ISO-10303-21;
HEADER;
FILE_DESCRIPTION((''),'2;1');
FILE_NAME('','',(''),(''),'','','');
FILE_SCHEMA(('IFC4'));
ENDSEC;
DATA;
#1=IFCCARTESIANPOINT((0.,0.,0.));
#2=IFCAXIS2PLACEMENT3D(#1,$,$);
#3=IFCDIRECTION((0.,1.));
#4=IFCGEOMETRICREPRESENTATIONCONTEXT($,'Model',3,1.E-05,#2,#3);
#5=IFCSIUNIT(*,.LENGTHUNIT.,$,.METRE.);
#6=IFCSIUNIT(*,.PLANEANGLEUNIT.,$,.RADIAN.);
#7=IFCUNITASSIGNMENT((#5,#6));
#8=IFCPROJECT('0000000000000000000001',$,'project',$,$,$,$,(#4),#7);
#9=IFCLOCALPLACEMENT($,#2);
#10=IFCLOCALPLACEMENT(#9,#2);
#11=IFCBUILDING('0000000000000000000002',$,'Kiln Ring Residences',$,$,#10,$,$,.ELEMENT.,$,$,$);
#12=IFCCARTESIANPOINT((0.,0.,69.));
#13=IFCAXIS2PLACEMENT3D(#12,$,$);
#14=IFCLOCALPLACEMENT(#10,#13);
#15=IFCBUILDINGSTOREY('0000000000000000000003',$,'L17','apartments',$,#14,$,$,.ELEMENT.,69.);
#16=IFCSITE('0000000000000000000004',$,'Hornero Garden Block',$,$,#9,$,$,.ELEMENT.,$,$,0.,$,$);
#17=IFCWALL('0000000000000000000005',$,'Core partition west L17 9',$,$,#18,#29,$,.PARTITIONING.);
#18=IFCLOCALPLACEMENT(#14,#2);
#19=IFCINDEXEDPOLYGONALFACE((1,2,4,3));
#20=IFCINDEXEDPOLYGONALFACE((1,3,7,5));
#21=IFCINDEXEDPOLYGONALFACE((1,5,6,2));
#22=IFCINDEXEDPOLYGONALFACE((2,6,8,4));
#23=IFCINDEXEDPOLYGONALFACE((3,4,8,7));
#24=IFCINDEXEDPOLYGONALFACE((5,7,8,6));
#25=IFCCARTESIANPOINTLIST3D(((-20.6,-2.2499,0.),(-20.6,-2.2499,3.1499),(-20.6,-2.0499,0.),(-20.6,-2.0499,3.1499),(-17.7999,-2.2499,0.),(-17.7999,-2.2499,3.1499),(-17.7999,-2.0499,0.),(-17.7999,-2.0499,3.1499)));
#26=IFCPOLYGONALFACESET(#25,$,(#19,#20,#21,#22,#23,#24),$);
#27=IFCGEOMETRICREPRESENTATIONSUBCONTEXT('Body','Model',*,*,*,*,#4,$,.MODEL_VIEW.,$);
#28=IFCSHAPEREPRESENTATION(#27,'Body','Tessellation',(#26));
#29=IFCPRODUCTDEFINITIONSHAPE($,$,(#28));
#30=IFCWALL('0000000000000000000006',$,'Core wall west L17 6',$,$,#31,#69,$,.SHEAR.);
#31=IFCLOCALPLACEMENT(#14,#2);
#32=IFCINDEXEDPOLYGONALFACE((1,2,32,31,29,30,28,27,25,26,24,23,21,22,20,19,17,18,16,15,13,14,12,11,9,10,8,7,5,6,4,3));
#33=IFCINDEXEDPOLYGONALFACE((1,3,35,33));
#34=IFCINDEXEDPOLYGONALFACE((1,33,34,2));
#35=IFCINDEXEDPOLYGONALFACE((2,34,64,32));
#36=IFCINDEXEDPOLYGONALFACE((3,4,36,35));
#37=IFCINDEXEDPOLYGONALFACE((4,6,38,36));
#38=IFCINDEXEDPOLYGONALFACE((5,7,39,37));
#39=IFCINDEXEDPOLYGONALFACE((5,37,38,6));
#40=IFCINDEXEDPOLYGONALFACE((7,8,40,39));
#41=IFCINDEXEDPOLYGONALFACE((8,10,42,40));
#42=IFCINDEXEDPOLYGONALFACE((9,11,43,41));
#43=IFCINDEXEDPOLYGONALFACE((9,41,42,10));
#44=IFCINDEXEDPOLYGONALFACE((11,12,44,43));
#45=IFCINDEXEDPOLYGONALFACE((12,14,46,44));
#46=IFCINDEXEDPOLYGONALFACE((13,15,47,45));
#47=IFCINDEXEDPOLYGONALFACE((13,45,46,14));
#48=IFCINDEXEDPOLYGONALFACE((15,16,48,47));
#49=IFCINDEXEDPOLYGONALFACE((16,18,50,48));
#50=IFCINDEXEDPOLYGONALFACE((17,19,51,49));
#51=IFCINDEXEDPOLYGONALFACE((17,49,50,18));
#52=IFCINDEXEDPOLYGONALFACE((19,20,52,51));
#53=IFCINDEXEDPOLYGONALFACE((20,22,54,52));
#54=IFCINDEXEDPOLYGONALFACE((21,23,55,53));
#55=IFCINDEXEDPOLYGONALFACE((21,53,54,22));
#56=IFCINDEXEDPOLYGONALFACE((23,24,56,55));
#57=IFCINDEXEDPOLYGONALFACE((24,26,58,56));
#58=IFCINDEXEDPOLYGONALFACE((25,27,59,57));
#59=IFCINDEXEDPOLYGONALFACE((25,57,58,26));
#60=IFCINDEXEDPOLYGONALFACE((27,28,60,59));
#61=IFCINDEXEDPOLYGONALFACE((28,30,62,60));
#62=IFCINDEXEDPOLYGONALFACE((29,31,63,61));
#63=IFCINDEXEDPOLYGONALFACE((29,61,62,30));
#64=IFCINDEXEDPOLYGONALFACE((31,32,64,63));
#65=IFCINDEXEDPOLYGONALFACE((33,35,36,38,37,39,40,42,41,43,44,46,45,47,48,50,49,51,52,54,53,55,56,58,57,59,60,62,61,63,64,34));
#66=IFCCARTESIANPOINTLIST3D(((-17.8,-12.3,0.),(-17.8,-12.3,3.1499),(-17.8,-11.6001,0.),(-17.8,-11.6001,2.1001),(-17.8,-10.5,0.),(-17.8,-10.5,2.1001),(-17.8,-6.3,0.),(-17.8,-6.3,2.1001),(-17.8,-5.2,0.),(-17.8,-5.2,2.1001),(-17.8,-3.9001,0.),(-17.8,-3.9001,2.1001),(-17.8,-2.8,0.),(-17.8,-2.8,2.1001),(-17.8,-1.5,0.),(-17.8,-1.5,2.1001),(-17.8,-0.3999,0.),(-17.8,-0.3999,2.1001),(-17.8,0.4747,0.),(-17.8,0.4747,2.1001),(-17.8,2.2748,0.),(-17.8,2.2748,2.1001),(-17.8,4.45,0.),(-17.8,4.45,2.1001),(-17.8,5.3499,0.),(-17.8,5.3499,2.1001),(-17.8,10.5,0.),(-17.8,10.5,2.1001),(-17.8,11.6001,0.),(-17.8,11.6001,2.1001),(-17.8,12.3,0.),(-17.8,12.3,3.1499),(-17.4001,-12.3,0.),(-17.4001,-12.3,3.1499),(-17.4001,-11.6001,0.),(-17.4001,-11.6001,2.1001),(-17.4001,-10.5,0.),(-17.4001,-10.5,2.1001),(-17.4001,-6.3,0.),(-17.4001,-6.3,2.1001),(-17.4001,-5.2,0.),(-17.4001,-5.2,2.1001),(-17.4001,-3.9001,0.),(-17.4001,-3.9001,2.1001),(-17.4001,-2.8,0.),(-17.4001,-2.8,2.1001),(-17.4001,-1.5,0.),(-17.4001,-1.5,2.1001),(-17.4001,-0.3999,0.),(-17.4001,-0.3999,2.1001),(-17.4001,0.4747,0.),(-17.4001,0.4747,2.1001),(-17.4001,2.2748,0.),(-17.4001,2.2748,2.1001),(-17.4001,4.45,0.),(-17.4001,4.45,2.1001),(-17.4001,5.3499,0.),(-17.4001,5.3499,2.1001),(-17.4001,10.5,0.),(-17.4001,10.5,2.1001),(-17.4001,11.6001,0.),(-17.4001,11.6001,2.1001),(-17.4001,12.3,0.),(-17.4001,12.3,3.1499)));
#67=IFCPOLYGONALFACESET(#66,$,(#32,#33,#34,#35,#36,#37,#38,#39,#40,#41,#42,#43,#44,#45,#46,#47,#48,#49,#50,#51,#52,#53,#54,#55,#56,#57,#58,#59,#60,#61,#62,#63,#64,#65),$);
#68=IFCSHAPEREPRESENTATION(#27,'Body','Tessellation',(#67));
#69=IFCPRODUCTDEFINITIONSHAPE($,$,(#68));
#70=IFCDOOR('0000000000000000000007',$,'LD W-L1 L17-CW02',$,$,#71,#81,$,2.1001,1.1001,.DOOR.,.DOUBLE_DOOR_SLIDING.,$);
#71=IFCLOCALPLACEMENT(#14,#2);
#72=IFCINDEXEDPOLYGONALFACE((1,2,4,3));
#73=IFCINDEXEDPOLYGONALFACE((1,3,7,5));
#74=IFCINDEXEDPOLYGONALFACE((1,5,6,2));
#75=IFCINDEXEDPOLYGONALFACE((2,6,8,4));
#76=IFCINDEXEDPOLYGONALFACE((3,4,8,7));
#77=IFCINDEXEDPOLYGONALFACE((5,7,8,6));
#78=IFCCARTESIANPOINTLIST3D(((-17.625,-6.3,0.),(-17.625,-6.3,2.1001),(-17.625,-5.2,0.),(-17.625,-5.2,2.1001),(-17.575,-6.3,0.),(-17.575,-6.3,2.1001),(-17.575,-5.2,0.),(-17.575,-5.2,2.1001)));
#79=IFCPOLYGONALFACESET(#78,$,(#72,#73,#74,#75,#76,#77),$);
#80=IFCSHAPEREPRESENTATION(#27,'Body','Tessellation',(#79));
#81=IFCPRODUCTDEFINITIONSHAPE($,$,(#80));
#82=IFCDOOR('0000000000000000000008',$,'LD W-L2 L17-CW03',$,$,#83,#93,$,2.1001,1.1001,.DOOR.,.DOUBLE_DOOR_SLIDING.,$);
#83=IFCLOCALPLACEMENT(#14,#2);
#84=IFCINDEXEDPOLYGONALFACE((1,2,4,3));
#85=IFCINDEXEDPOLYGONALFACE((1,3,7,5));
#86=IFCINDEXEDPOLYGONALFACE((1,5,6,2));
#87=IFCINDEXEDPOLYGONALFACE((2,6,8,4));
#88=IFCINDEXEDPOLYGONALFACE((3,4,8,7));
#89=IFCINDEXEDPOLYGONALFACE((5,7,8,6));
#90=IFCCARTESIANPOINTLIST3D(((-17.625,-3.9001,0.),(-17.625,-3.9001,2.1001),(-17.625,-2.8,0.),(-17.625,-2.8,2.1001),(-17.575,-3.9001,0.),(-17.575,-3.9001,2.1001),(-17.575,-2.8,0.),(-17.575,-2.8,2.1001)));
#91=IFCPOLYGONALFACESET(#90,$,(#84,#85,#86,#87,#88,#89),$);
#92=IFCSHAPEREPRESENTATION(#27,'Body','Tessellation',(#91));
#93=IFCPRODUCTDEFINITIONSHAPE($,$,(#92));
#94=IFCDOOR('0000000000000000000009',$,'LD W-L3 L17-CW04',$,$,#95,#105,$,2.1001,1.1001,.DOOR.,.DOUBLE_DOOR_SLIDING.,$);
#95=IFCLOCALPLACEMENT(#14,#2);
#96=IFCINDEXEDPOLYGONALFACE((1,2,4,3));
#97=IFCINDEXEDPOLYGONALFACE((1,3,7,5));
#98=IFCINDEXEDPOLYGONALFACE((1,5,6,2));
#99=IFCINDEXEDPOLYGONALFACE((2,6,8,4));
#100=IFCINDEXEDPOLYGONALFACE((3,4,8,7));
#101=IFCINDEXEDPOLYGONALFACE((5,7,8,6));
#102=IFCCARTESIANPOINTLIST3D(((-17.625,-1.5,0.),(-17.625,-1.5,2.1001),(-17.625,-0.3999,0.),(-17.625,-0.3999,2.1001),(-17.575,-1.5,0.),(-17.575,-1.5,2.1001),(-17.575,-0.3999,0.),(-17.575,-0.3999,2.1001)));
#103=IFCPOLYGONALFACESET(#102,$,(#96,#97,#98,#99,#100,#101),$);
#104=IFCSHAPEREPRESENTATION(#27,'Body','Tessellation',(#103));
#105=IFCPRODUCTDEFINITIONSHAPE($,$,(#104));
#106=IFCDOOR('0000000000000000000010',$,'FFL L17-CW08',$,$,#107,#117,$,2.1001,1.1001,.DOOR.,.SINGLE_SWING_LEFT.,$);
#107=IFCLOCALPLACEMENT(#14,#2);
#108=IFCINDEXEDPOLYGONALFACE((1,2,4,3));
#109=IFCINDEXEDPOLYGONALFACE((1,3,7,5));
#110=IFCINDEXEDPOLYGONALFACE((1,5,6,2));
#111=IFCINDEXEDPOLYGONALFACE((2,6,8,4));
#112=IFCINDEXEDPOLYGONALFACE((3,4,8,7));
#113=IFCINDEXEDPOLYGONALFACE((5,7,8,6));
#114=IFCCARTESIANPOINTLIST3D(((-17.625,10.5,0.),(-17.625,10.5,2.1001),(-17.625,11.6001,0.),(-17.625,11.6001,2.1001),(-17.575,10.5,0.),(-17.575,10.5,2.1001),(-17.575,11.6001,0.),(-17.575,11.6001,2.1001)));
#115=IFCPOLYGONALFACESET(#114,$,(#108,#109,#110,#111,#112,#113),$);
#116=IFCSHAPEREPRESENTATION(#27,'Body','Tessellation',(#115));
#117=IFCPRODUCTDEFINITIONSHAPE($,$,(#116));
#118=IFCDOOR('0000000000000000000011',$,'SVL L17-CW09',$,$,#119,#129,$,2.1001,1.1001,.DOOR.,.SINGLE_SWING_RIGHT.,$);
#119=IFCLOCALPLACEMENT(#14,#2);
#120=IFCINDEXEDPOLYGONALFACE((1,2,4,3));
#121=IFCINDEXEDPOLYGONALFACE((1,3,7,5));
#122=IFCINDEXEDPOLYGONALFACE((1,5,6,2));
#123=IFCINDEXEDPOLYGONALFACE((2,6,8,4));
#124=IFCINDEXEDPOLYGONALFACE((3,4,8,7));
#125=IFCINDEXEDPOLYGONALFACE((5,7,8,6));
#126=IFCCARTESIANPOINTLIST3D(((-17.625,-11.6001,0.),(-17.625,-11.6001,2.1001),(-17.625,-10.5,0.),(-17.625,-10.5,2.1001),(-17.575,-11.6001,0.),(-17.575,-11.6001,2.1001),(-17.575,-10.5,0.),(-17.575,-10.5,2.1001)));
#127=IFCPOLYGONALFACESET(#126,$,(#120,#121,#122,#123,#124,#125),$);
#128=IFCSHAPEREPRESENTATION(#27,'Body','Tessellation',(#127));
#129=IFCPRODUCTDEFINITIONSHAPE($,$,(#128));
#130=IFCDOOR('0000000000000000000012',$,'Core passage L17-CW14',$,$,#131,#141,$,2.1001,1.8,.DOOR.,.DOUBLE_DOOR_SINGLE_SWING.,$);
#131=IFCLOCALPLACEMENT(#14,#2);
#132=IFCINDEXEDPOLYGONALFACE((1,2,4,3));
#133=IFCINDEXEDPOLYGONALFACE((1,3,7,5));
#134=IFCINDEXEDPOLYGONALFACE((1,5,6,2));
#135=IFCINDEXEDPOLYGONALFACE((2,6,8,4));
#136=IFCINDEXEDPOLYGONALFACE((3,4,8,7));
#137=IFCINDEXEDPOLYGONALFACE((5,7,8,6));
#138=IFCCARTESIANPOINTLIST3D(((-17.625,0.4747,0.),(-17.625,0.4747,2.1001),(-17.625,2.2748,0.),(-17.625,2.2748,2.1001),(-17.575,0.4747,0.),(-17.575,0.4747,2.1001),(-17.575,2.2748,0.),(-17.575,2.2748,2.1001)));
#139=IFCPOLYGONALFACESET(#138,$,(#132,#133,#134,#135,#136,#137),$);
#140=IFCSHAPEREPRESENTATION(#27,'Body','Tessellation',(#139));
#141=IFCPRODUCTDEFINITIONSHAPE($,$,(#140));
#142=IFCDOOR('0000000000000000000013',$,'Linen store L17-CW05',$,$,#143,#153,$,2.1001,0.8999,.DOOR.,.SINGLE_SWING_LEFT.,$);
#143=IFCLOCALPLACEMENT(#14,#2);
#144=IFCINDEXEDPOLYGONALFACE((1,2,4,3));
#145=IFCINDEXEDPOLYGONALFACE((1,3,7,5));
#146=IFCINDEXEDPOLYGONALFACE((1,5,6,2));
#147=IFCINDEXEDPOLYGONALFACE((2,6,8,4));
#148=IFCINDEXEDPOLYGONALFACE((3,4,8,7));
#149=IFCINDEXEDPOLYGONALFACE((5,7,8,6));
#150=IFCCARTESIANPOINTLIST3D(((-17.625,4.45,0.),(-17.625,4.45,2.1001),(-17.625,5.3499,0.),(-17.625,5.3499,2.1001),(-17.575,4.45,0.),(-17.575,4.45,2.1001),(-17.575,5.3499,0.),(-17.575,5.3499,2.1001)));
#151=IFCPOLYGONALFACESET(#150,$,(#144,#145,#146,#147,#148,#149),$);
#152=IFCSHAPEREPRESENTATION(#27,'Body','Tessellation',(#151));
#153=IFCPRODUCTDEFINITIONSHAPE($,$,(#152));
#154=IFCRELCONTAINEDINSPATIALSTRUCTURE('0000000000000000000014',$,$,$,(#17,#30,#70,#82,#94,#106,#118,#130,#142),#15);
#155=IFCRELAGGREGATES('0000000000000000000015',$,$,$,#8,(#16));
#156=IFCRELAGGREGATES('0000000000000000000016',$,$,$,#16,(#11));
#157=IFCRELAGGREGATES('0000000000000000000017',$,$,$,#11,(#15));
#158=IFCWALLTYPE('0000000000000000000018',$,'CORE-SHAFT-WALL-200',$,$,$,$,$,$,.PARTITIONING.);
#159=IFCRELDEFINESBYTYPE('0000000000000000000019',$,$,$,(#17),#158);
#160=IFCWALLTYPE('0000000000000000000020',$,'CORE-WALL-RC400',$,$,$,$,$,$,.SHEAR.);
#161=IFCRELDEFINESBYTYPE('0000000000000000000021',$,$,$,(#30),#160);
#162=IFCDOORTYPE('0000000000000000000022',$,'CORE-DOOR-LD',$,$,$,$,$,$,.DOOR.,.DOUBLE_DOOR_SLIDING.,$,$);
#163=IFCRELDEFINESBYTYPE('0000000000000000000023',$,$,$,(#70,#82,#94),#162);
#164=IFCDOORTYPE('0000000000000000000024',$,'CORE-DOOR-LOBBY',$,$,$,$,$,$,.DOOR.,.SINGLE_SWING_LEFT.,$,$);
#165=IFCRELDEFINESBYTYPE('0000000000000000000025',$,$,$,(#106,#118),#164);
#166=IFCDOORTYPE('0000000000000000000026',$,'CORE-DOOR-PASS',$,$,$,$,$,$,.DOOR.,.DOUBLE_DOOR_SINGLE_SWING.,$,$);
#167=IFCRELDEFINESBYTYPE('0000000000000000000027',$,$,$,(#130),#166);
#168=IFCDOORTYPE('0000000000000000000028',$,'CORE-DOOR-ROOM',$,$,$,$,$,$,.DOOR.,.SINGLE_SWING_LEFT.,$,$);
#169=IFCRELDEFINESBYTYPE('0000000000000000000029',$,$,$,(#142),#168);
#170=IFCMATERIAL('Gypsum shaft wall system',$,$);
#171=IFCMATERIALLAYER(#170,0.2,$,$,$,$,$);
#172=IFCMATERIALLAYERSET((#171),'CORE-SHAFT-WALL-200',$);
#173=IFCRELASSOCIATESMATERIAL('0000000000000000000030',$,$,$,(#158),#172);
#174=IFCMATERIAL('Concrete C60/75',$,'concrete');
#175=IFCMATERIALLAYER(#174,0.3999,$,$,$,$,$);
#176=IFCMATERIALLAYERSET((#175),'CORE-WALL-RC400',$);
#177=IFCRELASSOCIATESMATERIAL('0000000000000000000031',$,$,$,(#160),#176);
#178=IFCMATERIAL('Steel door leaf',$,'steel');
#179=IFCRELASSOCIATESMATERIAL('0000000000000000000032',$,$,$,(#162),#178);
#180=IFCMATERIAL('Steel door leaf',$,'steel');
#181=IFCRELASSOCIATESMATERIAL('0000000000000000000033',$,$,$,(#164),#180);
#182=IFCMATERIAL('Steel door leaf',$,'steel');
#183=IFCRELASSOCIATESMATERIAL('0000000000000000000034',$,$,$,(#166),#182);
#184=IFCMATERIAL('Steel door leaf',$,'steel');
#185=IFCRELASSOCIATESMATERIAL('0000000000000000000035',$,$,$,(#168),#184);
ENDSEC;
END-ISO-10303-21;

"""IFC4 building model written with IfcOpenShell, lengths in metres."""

from ifc_helpers import new_model, si_unit, direction, frame, frame_2d, origin, place, context, subcontext, project, spatial, rectangle, extrude, material, layer, layer_set, type_object, element, fill, save


model = new_model("IFC4")

# Units and contexts
model_context = context("Model", 3, precision=1e-05, world=origin(), true_north=direction((0.0, 1.0)))
body_context = subcontext(model_context, "Body", "Model", "MODEL_VIEW")
ifc_project = project(units=[si_unit("LENGTHUNIT", "METRE"), si_unit("PLANEANGLEUNIT", "RADIAN")], contexts=[model_context])

# Site, building, storey
site_placement = place(None, origin())
site = spatial("IfcSite", under=ifc_project, at=site_placement, Name="Hornero Garden Block", CompositionType="ELEMENT", RefElevation=0.0)
building_placement = place(site_placement, origin())
building = spatial("IfcBuilding", under=site, at=building_placement, Name="Kiln Ring Residences", CompositionType="ELEMENT")
storey_placement = place(building_placement, frame((0.0, 0.0, 69.0)))
storey = spatial("IfcBuildingStorey", under=building, at=storey_placement, Name="L17", Description="apartments", CompositionType="ELEMENT", Elevation=69.0)

# Wall
ifc_material_1 = material(Name="Gypsum shaft wall system")
ifc_layer_1 = layer(ifc_material_1, 0.2)
ifc_layer_set_1 = layer_set([ifc_layer_1], Name="CORE-SHAFT-WALL-200")
wall_type_1 = type_object("IfcWallType", Name="CORE-SHAFT-WALL-200", PredefinedType="PARTITIONING", material=ifc_layer_set_1)
wall_1_placement = place(storey_placement, frame((-17.8, -2.1499, 0.0), z_axis=(0.0, 0.0, 1.0), x_axis=(-1.0, 0.0, 0.0)))
element("IfcWall", 1, at=wall_1_placement, inside=storey, type_object=wall_type_1, Name="Core partition west L17 9", PredefinedType="PARTITIONING", context=body_context, shape_type="SweptSolid", body=[
    extrude(rectangle(XDim=2.8, YDim=0.2, at=frame_2d((1.3999, 0.0))), origin(), (0.0, 0.0, 1.0), 3.1499),
])

# Wall, openings, doors
ifc_material_2 = material(Name="Concrete C60/75", Category="concrete")
ifc_layer_2 = layer(ifc_material_2, 0.3999)
ifc_layer_set_2 = layer_set([ifc_layer_2], Name="CORE-WALL-RC400")
wall_type_2 = type_object("IfcWallType", Name="CORE-WALL-RC400", PredefinedType="SHEAR", material=ifc_layer_set_2)
wall_2_placement = place(storey_placement, frame((-17.6001, -12.3, 0.0), z_axis=(0.0, 0.0, 1.0), x_axis=(0.0, 1.0, 0.0)))
wall_2 = element("IfcWall", 2, at=wall_2_placement, inside=storey, type_object=wall_type_2, Name="Core wall west L17 6", PredefinedType="SHEAR", context=body_context, shape_type="SweptSolid", body=[
    extrude(rectangle(XDim=24.6001, YDim=0.3999, at=frame_2d((12.3, 0.0))), origin(), (0.0, 0.0, 1.0), 3.1499),
])
opening_1_placement = place(wall_2_placement, frame((6.0, 0.0, 0.0)))
opening_1 = element("IfcOpeningElement", 3, at=opening_1_placement, cuts=wall_2, PredefinedType="OPENING", context=body_context, shape_type="SweptSolid", body=[
    extrude(rectangle(XDim=1.1001, YDim=2.1001, at=frame_2d((0.55, 1.05))), frame((0.0, 0.21, 0.0), z_axis=(0.0, -1.0, 0.0), x_axis=(1.0, 0.0, 0.0)), (0.0, 0.0, 1.0), 0.4199),
])
opening_2_placement = place(wall_2_placement, frame((8.3999, 0.0, 0.0)))
opening_2 = element("IfcOpeningElement", 4, at=opening_2_placement, cuts=wall_2, PredefinedType="OPENING", context=body_context, shape_type="SweptSolid", body=[
    extrude(rectangle(XDim=1.1001, YDim=2.1001, at=frame_2d((0.55, 1.05))), frame((0.0, 0.21, 0.0), z_axis=(0.0, -1.0, 0.0), x_axis=(1.0, 0.0, 0.0)), (0.0, 0.0, 1.0), 0.4199),
])
opening_3_placement = place(wall_2_placement, frame((10.8, 0.0, 0.0)))
opening_3 = element("IfcOpeningElement", 5, at=opening_3_placement, cuts=wall_2, PredefinedType="OPENING", context=body_context, shape_type="SweptSolid", body=[
    extrude(rectangle(XDim=1.1001, YDim=2.1001, at=frame_2d((0.55, 1.05))), frame((0.0, 0.21, 0.0), z_axis=(0.0, -1.0, 0.0), x_axis=(1.0, 0.0, 0.0)), (0.0, 0.0, 1.0), 0.4199),
])
opening_4_placement = place(wall_2_placement, frame((16.75, 0.0, 0.0)))
opening_4 = element("IfcOpeningElement", 6, at=opening_4_placement, cuts=wall_2, PredefinedType="OPENING", context=body_context, shape_type="SweptSolid", body=[
    extrude(rectangle(XDim=0.8999, YDim=2.1001, at=frame_2d((0.45, 1.05))), frame((0.0, 0.21, 0.0), z_axis=(0.0, -1.0, 0.0), x_axis=(1.0, 0.0, 0.0)), (0.0, 0.0, 1.0), 0.4199),
])
opening_5_placement = place(wall_2_placement, frame((22.8, 0.0, 0.0)))
opening_5 = element("IfcOpeningElement", 7, at=opening_5_placement, cuts=wall_2, PredefinedType="OPENING", context=body_context, shape_type="SweptSolid", body=[
    extrude(rectangle(XDim=1.1001, YDim=2.1001, at=frame_2d((0.55, 1.05))), frame((0.0, 0.21, 0.0), z_axis=(0.0, -1.0, 0.0), x_axis=(1.0, 0.0, 0.0)), (0.0, 0.0, 1.0), 0.4199),
])
opening_6_placement = place(wall_2_placement, frame((0.7, 0.0, 0.0)))
opening_6 = element("IfcOpeningElement", 8, at=opening_6_placement, cuts=wall_2, PredefinedType="OPENING", context=body_context, shape_type="SweptSolid", body=[
    extrude(rectangle(XDim=1.1001, YDim=2.1001, at=frame_2d((0.55, 1.05))), frame((0.0, 0.21, 0.0), z_axis=(0.0, -1.0, 0.0), x_axis=(1.0, 0.0, 0.0)), (0.0, 0.0, 1.0), 0.4199),
])
opening_7_placement = place(wall_2_placement, frame((12.7749, 0.0, 0.0)))
opening_7 = element("IfcOpeningElement", 9, at=opening_7_placement, cuts=wall_2, PredefinedType="OPENING", context=body_context, shape_type="SweptSolid", body=[
    extrude(rectangle(XDim=1.8, YDim=2.1001, at=frame_2d((0.8999, 1.05))), frame((0.0, 0.21, 0.0), z_axis=(0.0, -1.0, 0.0), x_axis=(1.0, 0.0, 0.0)), (0.0, 0.0, 1.0), 0.4199),
])
ifc_material_3 = material(Name="Steel door leaf", Category="steel")
door_type_1 = type_object("IfcDoorType", Name="CORE-DOOR-LD", OperationType="DOUBLE_DOOR_SLIDING", PredefinedType="DOOR", material=ifc_material_3)
door_1_placement = place(opening_1_placement, origin())
door_1 = element("IfcDoor", 10, at=door_1_placement, inside=storey, type_object=door_type_1, Name="LD W-L1 L17-CW02", OperationType="DOUBLE_DOOR_SLIDING", OverallHeight=2.1001, OverallWidth=1.1001, PredefinedType="DOOR", context=body_context, shape_type="SweptSolid", body=[
    extrude(rectangle(XDim=1.1001, YDim=2.1001, at=frame_2d((0.55, 1.05))), frame((0.0, 0.0249, 0.0), z_axis=(0.0, -1.0, 0.0), x_axis=(1.0, 0.0, 0.0)), (0.0, 0.0, 1.0), 0.05),
])
fill(opening_1, door_1)
door_2_placement = place(opening_2_placement, origin())
door_2 = element("IfcDoor", 11, at=door_2_placement, inside=storey, type_object=door_type_1, Name="LD W-L2 L17-CW03", OperationType="DOUBLE_DOOR_SLIDING", OverallHeight=2.1001, OverallWidth=1.1001, PredefinedType="DOOR", context=body_context, shape_type="SweptSolid", body=[
    extrude(rectangle(XDim=1.1001, YDim=2.1001, at=frame_2d((0.55, 1.05))), frame((0.0, 0.0249, 0.0), z_axis=(0.0, -1.0, 0.0), x_axis=(1.0, 0.0, 0.0)), (0.0, 0.0, 1.0), 0.05),
])
fill(opening_2, door_2)
door_3_placement = place(opening_3_placement, origin())
door_3 = element("IfcDoor", 12, at=door_3_placement, inside=storey, type_object=door_type_1, Name="LD W-L3 L17-CW04", OperationType="DOUBLE_DOOR_SLIDING", OverallHeight=2.1001, OverallWidth=1.1001, PredefinedType="DOOR", context=body_context, shape_type="SweptSolid", body=[
    extrude(rectangle(XDim=1.1001, YDim=2.1001, at=frame_2d((0.55, 1.05))), frame((0.0, 0.0249, 0.0), z_axis=(0.0, -1.0, 0.0), x_axis=(1.0, 0.0, 0.0)), (0.0, 0.0, 1.0), 0.05),
])
fill(opening_3, door_3)
ifc_material_4 = material(Name="Steel door leaf", Category="steel")
door_type_2 = type_object("IfcDoorType", Name="CORE-DOOR-LOBBY", OperationType="SINGLE_SWING_LEFT", PredefinedType="DOOR", material=ifc_material_4)
door_4_placement = place(opening_5_placement, origin())
door_4 = element("IfcDoor", 13, at=door_4_placement, inside=storey, type_object=door_type_2, Name="FFL L17-CW08", OperationType="SINGLE_SWING_LEFT", OverallHeight=2.1001, OverallWidth=1.1001, PredefinedType="DOOR", context=body_context, shape_type="SweptSolid", body=[
    extrude(rectangle(XDim=1.1001, YDim=2.1001, at=frame_2d((0.55, 1.05))), frame((0.0, 0.0249, 0.0), z_axis=(0.0, -1.0, 0.0), x_axis=(1.0, 0.0, 0.0)), (0.0, 0.0, 1.0), 0.05),
])
fill(opening_5, door_4)
door_5_placement = place(opening_6_placement, origin())
door_5 = element("IfcDoor", 14, at=door_5_placement, inside=storey, type_object=door_type_2, Name="SVL L17-CW09", OperationType="SINGLE_SWING_RIGHT", OverallHeight=2.1001, OverallWidth=1.1001, PredefinedType="DOOR", context=body_context, shape_type="SweptSolid", body=[
    extrude(rectangle(XDim=1.1001, YDim=2.1001, at=frame_2d((0.55, 1.05))), frame((0.0, 0.0249, 0.0), z_axis=(0.0, -1.0, 0.0), x_axis=(1.0, 0.0, 0.0)), (0.0, 0.0, 1.0), 0.05),
])
fill(opening_6, door_5)
ifc_material_5 = material(Name="Steel door leaf", Category="steel")
door_type_3 = type_object("IfcDoorType", Name="CORE-DOOR-PASS", OperationType="DOUBLE_DOOR_SINGLE_SWING", PredefinedType="DOOR", material=ifc_material_5)
door_6_placement = place(opening_7_placement, origin())
door_6 = element("IfcDoor", 15, at=door_6_placement, inside=storey, type_object=door_type_3, Name="Core passage L17-CW14", OperationType="DOUBLE_DOOR_SINGLE_SWING", OverallHeight=2.1001, OverallWidth=1.8, PredefinedType="DOOR", context=body_context, shape_type="SweptSolid", body=[
    extrude(rectangle(XDim=1.8, YDim=2.1001, at=frame_2d((0.8999, 1.05))), frame((0.0, 0.0249, 0.0), z_axis=(0.0, -1.0, 0.0), x_axis=(1.0, 0.0, 0.0)), (0.0, 0.0, 1.0), 0.05),
])
fill(opening_7, door_6)
ifc_material_6 = material(Name="Steel door leaf", Category="steel")
door_type_4 = type_object("IfcDoorType", Name="CORE-DOOR-ROOM", OperationType="SINGLE_SWING_LEFT", PredefinedType="DOOR", material=ifc_material_6)
door_7_placement = place(opening_4_placement, origin())
door_7 = element("IfcDoor", 16, at=door_7_placement, inside=storey, type_object=door_type_4, Name="Linen store L17-CW05", OperationType="SINGLE_SWING_LEFT", OverallHeight=2.1001, OverallWidth=0.8999, PredefinedType="DOOR", context=body_context, shape_type="SweptSolid", body=[
    extrude(rectangle(XDim=0.8999, YDim=2.1001, at=frame_2d((0.45, 1.05))), frame((0.0, 0.0249, 0.0), z_axis=(0.0, -1.0, 0.0), x_axis=(1.0, 0.0, 0.0)), (0.0, 0.0, 1.0), 0.05),
])
fill(opening_4, door_7)

save(model, "model.ifc")
